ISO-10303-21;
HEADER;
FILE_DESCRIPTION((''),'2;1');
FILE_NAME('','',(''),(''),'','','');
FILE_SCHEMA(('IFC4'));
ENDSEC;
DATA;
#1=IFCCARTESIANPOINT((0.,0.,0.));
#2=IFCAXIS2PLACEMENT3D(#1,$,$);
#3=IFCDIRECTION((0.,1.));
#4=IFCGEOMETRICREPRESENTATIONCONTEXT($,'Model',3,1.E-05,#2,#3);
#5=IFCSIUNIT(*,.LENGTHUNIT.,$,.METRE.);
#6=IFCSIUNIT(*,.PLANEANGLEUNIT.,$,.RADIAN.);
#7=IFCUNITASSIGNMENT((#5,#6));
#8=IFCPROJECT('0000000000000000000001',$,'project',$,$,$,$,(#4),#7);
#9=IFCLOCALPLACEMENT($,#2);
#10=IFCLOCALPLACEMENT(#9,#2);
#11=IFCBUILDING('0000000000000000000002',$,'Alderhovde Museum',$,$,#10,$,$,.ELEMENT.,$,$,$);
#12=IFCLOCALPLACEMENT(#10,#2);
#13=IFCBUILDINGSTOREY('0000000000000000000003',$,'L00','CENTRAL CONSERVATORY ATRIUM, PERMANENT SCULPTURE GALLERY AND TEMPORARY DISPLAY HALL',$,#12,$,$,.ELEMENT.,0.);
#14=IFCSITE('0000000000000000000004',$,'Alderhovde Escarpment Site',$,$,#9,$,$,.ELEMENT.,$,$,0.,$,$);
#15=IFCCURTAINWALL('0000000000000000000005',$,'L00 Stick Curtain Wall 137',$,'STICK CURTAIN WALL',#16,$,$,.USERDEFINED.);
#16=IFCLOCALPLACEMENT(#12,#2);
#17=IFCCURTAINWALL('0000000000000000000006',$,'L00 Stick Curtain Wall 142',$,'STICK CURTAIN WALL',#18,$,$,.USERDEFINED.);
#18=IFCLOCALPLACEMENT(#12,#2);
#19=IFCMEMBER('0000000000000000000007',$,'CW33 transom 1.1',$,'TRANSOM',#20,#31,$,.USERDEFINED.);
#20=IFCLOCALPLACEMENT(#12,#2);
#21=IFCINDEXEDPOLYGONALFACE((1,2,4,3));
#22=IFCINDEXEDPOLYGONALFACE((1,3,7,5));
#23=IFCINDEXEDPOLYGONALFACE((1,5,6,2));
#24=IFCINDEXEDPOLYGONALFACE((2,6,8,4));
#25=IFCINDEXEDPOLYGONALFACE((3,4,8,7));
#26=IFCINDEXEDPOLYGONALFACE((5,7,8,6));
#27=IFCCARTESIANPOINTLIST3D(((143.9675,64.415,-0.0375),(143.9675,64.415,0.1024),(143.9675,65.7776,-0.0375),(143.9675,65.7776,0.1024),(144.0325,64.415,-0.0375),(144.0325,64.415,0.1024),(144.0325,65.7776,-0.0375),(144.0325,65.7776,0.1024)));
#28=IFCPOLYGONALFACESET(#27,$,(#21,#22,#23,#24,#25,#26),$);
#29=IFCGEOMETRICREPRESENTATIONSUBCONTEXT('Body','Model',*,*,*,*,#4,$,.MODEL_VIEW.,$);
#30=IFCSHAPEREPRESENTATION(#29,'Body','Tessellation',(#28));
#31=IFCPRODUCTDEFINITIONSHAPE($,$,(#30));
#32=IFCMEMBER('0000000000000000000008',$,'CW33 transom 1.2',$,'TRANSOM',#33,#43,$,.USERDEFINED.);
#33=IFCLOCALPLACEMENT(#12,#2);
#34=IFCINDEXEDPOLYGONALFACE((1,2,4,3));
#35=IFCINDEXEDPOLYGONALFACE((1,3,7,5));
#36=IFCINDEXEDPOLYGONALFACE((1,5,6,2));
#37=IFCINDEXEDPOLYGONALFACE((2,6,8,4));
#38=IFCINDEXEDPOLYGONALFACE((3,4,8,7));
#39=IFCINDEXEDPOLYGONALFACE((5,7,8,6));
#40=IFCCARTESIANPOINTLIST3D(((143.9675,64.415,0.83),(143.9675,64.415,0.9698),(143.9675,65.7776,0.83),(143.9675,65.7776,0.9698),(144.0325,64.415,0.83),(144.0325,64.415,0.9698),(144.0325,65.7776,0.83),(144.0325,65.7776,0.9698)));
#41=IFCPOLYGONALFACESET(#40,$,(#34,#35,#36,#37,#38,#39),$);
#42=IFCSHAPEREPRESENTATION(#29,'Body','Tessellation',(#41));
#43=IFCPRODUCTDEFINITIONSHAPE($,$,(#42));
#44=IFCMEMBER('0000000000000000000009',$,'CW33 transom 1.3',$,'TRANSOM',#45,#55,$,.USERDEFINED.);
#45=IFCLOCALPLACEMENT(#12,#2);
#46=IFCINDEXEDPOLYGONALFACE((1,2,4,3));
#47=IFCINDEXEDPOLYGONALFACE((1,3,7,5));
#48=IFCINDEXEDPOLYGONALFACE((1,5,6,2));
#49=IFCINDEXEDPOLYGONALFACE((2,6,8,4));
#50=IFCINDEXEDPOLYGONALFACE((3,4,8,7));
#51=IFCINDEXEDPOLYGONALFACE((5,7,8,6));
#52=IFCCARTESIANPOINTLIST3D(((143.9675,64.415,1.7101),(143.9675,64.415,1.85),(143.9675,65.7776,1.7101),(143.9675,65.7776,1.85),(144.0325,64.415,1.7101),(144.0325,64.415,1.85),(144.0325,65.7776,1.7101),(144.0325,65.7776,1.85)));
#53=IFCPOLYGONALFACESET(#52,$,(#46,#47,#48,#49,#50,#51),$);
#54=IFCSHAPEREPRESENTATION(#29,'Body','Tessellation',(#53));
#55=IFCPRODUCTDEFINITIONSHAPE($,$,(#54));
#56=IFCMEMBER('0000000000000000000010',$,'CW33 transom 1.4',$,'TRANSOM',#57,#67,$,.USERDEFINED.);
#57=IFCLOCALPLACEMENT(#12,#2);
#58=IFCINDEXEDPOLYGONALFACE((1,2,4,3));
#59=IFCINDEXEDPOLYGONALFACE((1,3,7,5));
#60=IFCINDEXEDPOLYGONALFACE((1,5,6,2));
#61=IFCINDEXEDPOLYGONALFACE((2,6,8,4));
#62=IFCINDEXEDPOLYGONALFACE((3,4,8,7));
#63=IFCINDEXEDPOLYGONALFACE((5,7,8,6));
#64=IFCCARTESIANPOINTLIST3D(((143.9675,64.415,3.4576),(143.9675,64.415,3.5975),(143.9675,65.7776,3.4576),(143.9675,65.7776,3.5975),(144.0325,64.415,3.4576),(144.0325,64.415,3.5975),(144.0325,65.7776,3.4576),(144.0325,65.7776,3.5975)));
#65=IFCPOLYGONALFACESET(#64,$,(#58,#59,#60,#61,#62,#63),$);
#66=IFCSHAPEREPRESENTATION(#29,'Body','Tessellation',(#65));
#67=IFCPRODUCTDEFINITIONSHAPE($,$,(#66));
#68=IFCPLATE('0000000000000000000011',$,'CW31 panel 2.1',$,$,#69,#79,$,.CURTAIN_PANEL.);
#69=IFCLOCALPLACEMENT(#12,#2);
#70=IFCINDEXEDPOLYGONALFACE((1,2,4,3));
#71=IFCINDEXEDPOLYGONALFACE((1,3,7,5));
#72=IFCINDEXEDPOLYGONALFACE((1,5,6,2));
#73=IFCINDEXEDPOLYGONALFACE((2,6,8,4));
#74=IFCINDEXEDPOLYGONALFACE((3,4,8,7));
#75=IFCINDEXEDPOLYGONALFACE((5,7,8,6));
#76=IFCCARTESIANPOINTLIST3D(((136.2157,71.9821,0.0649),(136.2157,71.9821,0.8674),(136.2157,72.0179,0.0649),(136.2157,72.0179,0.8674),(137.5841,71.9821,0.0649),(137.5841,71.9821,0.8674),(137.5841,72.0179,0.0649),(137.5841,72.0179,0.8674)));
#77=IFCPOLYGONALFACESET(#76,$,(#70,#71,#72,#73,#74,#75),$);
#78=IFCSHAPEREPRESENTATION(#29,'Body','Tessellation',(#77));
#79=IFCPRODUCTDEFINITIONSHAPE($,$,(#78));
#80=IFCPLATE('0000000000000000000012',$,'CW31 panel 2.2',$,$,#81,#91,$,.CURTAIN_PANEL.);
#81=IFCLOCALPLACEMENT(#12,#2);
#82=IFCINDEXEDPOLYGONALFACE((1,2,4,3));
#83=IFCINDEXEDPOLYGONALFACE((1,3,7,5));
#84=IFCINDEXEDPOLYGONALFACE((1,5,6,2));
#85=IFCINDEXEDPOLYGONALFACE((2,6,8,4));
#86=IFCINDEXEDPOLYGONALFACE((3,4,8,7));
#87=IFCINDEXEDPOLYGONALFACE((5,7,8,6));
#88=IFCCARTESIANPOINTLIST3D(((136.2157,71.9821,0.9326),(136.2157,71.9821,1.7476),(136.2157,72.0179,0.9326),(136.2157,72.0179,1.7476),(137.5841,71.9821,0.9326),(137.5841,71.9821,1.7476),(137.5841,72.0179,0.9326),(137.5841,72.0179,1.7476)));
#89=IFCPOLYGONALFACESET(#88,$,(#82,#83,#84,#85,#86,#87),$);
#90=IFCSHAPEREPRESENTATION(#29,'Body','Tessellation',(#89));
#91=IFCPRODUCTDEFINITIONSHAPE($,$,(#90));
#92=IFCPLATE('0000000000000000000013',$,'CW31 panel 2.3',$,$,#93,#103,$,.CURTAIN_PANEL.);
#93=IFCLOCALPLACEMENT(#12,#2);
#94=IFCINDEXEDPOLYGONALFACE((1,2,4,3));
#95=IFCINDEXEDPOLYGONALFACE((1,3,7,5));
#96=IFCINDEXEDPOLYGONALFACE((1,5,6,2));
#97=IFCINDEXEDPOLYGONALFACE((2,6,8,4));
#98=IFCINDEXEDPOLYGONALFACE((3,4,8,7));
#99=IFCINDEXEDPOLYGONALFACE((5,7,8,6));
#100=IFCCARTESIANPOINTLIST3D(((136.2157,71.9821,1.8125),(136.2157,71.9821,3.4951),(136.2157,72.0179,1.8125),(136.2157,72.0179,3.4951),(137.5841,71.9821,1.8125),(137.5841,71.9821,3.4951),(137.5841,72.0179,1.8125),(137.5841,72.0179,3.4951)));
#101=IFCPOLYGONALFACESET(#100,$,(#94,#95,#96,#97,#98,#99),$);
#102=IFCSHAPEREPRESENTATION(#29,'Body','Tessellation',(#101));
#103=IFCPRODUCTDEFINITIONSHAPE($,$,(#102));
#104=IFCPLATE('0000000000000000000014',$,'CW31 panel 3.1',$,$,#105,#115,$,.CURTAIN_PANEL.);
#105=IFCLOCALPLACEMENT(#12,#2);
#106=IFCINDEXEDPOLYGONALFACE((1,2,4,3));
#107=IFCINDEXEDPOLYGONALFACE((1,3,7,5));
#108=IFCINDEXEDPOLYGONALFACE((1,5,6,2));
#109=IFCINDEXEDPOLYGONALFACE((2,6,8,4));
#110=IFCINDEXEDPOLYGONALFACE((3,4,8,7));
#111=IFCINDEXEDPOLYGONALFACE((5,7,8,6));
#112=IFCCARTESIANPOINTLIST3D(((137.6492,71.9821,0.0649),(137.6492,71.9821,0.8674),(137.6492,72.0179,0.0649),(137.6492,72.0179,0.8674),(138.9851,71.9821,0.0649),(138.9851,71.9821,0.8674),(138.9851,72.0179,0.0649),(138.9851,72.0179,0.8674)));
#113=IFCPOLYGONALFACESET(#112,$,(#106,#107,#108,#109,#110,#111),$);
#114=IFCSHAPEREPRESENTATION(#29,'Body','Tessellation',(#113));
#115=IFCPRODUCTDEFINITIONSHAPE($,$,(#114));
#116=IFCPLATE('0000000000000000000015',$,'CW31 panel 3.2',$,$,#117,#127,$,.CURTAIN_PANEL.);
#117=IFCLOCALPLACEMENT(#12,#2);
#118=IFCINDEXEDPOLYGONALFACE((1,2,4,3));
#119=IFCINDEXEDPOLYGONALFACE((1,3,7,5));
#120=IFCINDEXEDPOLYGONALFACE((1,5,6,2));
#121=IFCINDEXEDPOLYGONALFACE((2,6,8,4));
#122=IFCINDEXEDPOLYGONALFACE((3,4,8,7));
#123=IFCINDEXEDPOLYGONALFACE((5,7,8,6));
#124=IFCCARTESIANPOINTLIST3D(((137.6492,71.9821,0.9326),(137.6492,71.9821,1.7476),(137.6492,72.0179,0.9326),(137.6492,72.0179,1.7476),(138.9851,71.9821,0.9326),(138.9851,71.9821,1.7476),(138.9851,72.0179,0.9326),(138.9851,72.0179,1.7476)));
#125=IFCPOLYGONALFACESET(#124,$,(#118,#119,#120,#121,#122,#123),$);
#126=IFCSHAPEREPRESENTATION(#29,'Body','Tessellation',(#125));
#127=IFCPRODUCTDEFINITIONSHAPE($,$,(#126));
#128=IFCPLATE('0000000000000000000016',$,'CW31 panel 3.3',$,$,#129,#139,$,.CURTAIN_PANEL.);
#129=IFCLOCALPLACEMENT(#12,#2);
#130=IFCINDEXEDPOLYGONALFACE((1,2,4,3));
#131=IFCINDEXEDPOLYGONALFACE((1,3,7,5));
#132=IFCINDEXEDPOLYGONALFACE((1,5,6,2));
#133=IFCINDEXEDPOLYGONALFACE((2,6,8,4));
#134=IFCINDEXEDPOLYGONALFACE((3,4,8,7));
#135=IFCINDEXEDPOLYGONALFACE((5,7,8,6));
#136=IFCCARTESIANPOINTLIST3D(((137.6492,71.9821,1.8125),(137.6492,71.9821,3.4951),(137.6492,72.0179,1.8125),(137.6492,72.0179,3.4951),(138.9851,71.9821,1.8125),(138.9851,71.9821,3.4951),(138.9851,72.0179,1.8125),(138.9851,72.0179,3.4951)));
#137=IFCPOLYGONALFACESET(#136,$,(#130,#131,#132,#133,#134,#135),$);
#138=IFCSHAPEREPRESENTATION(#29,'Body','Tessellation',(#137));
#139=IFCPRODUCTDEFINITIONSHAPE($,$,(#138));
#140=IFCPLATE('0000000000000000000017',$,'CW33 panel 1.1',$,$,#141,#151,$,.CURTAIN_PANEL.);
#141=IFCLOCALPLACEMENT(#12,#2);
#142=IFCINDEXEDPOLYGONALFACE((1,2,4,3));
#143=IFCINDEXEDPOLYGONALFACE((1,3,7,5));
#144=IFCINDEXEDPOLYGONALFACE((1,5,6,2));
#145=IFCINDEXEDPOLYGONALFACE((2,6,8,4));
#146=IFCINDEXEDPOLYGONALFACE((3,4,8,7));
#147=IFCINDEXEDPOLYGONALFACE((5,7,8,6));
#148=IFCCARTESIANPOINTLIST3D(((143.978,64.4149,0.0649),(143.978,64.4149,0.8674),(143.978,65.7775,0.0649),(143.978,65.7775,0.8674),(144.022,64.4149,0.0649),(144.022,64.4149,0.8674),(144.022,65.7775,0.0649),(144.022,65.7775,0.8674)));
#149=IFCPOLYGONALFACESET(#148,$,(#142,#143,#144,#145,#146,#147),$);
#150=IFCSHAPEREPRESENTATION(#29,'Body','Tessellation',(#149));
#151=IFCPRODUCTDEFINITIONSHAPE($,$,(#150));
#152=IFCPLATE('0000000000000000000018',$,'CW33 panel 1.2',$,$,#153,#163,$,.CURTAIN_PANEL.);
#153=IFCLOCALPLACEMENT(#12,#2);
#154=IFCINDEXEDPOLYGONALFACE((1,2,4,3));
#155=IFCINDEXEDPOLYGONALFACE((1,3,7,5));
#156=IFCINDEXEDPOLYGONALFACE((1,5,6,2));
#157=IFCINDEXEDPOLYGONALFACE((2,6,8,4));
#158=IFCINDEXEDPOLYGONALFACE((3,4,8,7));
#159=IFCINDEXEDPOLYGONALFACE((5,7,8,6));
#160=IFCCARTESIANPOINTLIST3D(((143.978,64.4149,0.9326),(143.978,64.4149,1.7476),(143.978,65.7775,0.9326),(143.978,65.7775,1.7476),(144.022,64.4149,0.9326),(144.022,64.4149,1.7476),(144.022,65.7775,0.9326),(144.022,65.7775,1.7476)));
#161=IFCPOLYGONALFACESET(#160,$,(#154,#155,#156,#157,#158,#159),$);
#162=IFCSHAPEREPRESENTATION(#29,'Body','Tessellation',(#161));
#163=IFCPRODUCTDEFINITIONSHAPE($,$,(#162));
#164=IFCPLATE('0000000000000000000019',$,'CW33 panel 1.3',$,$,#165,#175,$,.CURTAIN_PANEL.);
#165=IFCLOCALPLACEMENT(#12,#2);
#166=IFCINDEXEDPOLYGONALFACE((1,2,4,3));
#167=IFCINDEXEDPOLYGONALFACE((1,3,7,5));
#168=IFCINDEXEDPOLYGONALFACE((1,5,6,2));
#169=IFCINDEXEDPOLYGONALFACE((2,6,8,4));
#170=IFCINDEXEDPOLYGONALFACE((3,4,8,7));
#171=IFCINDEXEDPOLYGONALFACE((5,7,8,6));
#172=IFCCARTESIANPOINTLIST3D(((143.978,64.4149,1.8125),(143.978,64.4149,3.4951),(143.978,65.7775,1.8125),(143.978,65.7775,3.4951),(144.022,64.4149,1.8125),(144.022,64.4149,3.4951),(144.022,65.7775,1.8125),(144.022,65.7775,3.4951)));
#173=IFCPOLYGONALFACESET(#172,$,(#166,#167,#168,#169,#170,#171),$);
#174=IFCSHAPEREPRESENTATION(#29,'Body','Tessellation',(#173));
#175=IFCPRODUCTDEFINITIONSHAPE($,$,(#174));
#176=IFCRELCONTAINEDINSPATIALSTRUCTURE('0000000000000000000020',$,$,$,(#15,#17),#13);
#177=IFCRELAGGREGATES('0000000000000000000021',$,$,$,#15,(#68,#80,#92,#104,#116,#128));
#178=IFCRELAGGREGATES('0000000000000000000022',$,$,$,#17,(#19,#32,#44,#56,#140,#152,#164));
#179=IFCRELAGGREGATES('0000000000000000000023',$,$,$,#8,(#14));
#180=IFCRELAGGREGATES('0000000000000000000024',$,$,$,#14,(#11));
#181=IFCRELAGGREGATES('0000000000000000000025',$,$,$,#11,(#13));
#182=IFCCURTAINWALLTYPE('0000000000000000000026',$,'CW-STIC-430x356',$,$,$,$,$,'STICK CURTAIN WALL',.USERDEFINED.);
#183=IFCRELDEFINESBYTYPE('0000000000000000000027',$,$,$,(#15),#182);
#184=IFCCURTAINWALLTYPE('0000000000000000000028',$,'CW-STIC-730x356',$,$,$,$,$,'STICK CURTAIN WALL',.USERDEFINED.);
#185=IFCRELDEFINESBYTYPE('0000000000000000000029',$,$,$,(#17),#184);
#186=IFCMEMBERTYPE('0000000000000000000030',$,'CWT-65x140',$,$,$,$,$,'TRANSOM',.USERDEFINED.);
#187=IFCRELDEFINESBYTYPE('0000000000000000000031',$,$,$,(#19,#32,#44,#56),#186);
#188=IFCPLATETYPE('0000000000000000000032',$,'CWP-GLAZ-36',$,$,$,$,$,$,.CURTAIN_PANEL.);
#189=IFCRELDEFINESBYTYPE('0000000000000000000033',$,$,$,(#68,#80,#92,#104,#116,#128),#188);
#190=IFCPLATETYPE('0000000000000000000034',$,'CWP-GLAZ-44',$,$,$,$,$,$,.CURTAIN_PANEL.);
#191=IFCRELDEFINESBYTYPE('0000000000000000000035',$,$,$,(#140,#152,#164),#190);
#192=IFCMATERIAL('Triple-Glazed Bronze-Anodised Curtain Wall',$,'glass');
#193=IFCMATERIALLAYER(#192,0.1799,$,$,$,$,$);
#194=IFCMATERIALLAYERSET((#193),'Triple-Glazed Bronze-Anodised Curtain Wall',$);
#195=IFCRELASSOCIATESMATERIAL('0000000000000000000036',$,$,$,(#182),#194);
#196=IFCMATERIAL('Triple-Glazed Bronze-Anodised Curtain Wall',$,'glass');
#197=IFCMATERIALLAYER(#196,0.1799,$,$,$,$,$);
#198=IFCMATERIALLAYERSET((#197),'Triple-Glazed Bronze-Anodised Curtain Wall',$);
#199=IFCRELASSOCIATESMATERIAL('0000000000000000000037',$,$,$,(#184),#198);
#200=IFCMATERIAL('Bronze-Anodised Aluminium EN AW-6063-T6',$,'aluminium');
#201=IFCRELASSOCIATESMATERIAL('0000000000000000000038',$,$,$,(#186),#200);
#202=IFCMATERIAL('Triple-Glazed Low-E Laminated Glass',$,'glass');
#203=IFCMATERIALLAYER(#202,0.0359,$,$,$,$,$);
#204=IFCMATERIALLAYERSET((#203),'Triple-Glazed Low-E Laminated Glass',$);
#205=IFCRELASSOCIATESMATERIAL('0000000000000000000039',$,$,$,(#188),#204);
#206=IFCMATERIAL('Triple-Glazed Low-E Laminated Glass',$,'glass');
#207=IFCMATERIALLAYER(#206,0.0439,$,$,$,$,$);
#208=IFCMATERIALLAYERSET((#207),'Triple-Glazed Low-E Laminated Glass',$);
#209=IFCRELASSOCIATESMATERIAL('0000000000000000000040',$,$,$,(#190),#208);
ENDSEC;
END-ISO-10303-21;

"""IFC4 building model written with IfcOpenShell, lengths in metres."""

from ifc_helpers import new_model, si_unit, direction, frame, origin, origin_2d, place, context, subcontext, project, spatial, rectangle, extrude, material, layer, layer_set, material_profile, profile_set, type_object, element, aggregate, save


model = new_model("IFC4")

# Units and contexts
model_context = context("Model", 3, precision=1e-05, world=origin(), true_north=direction((0.0, 1.0)))
body_context = subcontext(model_context, "Body", "Model", "MODEL_VIEW")
ifc_project = project(units=[si_unit("LENGTHUNIT", "METRE"), si_unit("PLANEANGLEUNIT", "RADIAN")], contexts=[model_context])

# Site, building, storey
site_placement = place(None, origin())
site = spatial("IfcSite", under=ifc_project, at=site_placement, Name="Alderhovde Escarpment Site", CompositionType="ELEMENT", RefElevation=0.0)
building_placement = place(site_placement, origin())
building = spatial("IfcBuilding", under=site, at=building_placement, Name="Alderhovde Museum", CompositionType="ELEMENT")
storey_placement = place(building_placement, origin())
storey = spatial("IfcBuildingStorey", under=building, at=storey_placement, Name="L00", Description="CENTRAL CONSERVATORY ATRIUM, PERMANENT SCULPTURE GALLERY AND TEMPORARY DISPLAY HALL", CompositionType="ELEMENT", Elevation=0.0)

# Curtain wall
ifc_material_1 = material(Name="Triple-Glazed Bronze-Anodised Curtain Wall", Category="glass")
ifc_layer_1 = layer(ifc_material_1, 0.1799)
ifc_layer_set_1 = layer_set([ifc_layer_1], Name="Triple-Glazed Bronze-Anodised Curtain Wall")
curtain_wall_type_1 = type_object("IfcCurtainWallType", Name="CW-STIC-430x356", ElementType="STICK CURTAIN WALL", PredefinedType="USERDEFINED", material=ifc_layer_set_1)
curtain_wall_1_placement = place(storey_placement, origin())
curtain_wall_1 = element("IfcCurtainWall", 1, at=curtain_wall_1_placement, inside=storey, type_object=curtain_wall_type_1, Name="L00 Stick Curtain Wall 137", ObjectType="STICK CURTAIN WALL", PredefinedType="USERDEFINED")

# Curtain wall
ifc_material_2 = material(Name="Triple-Glazed Bronze-Anodised Curtain Wall", Category="glass")
ifc_layer_2 = layer(ifc_material_2, 0.1799)
ifc_layer_set_2 = layer_set([ifc_layer_2], Name="Triple-Glazed Bronze-Anodised Curtain Wall")
curtain_wall_type_2 = type_object("IfcCurtainWallType", Name="CW-STIC-730x356", ElementType="STICK CURTAIN WALL", PredefinedType="USERDEFINED", material=ifc_layer_set_2)
curtain_wall_2_placement = place(storey_placement, origin())
curtain_wall_2 = element("IfcCurtainWall", 2, at=curtain_wall_2_placement, inside=storey, type_object=curtain_wall_type_2, Name="L00 Stick Curtain Wall 142", ObjectType="STICK CURTAIN WALL", PredefinedType="USERDEFINED")

# Members
ifc_material_3 = material(Name="Bronze-Anodised Aluminium EN AW-6063-T6", Category="aluminium")
ifc_material_profile_1 = material_profile(ifc_material_3, rectangle(XDim=0.0649, YDim=0.1399, at=origin_2d()), Name="TRANSOM 65x140")
ifc_profile_set_1 = profile_set([ifc_material_profile_1], Name="Bronze-Anodised Aluminium EN AW-6063-T6")
member_type_1 = type_object("IfcMemberType", Name="CWT-65x140", ElementType="TRANSOM", PredefinedType="USERDEFINED", material=ifc_profile_set_1)
member_1_placement = place(storey_placement, frame((144.0, 64.415, 0.0325), z_axis=(0.0, 1.0, 0.0), x_axis=(-1.0, 0.0, 0.0)))
member_1 = element("IfcMember", 3, at=member_1_placement, type_object=member_type_1, Name="CW33 transom 1.1", ObjectType="TRANSOM", PredefinedType="USERDEFINED", context=body_context, shape_type="SweptSolid", body=[
    extrude(rectangle(XDim=0.0649, YDim=0.1399, at=origin_2d()), origin(), (0.0, 0.0, 1.0), 1.3625),
])
member_2_placement = place(storey_placement, frame((144.0, 64.415, 0.8999), z_axis=(0.0, 1.0, 0.0), x_axis=(-1.0, 0.0, 0.0)))
member_2 = element("IfcMember", 4, at=member_2_placement, type_object=member_type_1, Name="CW33 transom 1.2", ObjectType="TRANSOM", PredefinedType="USERDEFINED", context=body_context, shape_type="SweptSolid", body=[
    extrude(rectangle(XDim=0.0649, YDim=0.1399, at=origin_2d()), origin(), (0.0, 0.0, 1.0), 1.3625),
])
member_3_placement = place(storey_placement, frame((144.0, 64.415, 1.78), z_axis=(0.0, 1.0, 0.0), x_axis=(-1.0, 0.0, 0.0)))
member_3 = element("IfcMember", 5, at=member_3_placement, type_object=member_type_1, Name="CW33 transom 1.3", ObjectType="TRANSOM", PredefinedType="USERDEFINED", context=body_context, shape_type="SweptSolid", body=[
    extrude(rectangle(XDim=0.0649, YDim=0.1399, at=origin_2d()), origin(), (0.0, 0.0, 1.0), 1.3625),
])
member_4_placement = place(storey_placement, frame((144.0, 64.415, 3.5276), z_axis=(0.0, 1.0, 0.0), x_axis=(-1.0, 0.0, 0.0)))
member_4 = element("IfcMember", 6, at=member_4_placement, type_object=member_type_1, Name="CW33 transom 1.4", ObjectType="TRANSOM", PredefinedType="USERDEFINED", context=body_context, shape_type="SweptSolid", body=[
    extrude(rectangle(XDim=0.0649, YDim=0.1399, at=origin_2d()), origin(), (0.0, 0.0, 1.0), 1.3625),
])

# Plates
ifc_material_4 = material(Name="Triple-Glazed Low-E Laminated Glass", Category="glass")
ifc_layer_3 = layer(ifc_material_4, 0.0359)
ifc_layer_set_3 = layer_set([ifc_layer_3], Name="Triple-Glazed Low-E Laminated Glass")
plate_type_1 = type_object("IfcPlateType", Name="CWP-GLAZ-36", PredefinedType="CURTAIN_PANEL", material=ifc_layer_set_3)
plate_1_placement = place(storey_placement, frame((136.8999, 72.0, 0.0649), z_axis=(0.0, 0.0, 1.0), x_axis=(1.0, 0.0, 0.0)))
plate_1 = element("IfcPlate", 7, at=plate_1_placement, type_object=plate_type_1, Name="CW31 panel 2.1", PredefinedType="CURTAIN_PANEL", context=body_context, shape_type="SweptSolid", body=[
    extrude(rectangle(XDim=1.3684, YDim=0.0359, at=origin_2d()), origin(), (0.0, 0.0, 1.0), 0.8025),
])
plate_2_placement = place(storey_placement, frame((136.8999, 72.0, 0.9326), z_axis=(0.0, 0.0, 1.0), x_axis=(1.0, 0.0, 0.0)))
plate_2 = element("IfcPlate", 8, at=plate_2_placement, type_object=plate_type_1, Name="CW31 panel 2.2", PredefinedType="CURTAIN_PANEL", context=body_context, shape_type="SweptSolid", body=[
    extrude(rectangle(XDim=1.3684, YDim=0.0359, at=origin_2d()), origin(), (0.0, 0.0, 1.0), 0.8149),
])
plate_3_placement = place(storey_placement, frame((136.8999, 72.0, 1.8125), z_axis=(0.0, 0.0, 1.0), x_axis=(1.0, 0.0, 0.0)))
plate_3 = element("IfcPlate", 9, at=plate_3_placement, type_object=plate_type_1, Name="CW31 panel 2.3", PredefinedType="CURTAIN_PANEL", context=body_context, shape_type="SweptSolid", body=[
    extrude(rectangle(XDim=1.3684, YDim=0.0359, at=origin_2d()), origin(), (0.0, 0.0, 1.0), 1.6826),
])
plate_4_placement = place(storey_placement, frame((138.3171, 72.0, 0.0649), z_axis=(0.0, 0.0, 1.0), x_axis=(1.0, 0.0, 0.0)))
plate_4 = element("IfcPlate", 10, at=plate_4_placement, type_object=plate_type_1, Name="CW31 panel 3.1", PredefinedType="CURTAIN_PANEL", context=body_context, shape_type="SweptSolid", body=[
    extrude(rectangle(XDim=1.3359, YDim=0.0359, at=origin_2d()), origin(), (0.0, 0.0, 1.0), 0.8025),
])
plate_5_placement = place(storey_placement, frame((138.3171, 72.0, 0.9326), z_axis=(0.0, 0.0, 1.0), x_axis=(1.0, 0.0, 0.0)))
plate_5 = element("IfcPlate", 11, at=plate_5_placement, type_object=plate_type_1, Name="CW31 panel 3.2", PredefinedType="CURTAIN_PANEL", context=body_context, shape_type="SweptSolid", body=[
    extrude(rectangle(XDim=1.3359, YDim=0.0359, at=origin_2d()), origin(), (0.0, 0.0, 1.0), 0.8149),
])
plate_6_placement = place(storey_placement, frame((138.3171, 72.0, 1.8125), z_axis=(0.0, 0.0, 1.0), x_axis=(1.0, 0.0, 0.0)))
plate_6 = element("IfcPlate", 12, at=plate_6_placement, type_object=plate_type_1, Name="CW31 panel 3.3", PredefinedType="CURTAIN_PANEL", context=body_context, shape_type="SweptSolid", body=[
    extrude(rectangle(XDim=1.3359, YDim=0.0359, at=origin_2d()), origin(), (0.0, 0.0, 1.0), 1.6826),
])
aggregate(curtain_wall_1, [plate_1, plate_2, plate_3, plate_4, plate_5, plate_6])
ifc_material_5 = material(Name="Triple-Glazed Low-E Laminated Glass", Category="glass")
ifc_layer_4 = layer(ifc_material_5, 0.0439)
ifc_layer_set_4 = layer_set([ifc_layer_4], Name="Triple-Glazed Low-E Laminated Glass")
plate_type_2 = type_object("IfcPlateType", Name="CWP-GLAZ-44", PredefinedType="CURTAIN_PANEL", material=ifc_layer_set_4)
plate_7_placement = place(storey_placement, frame((144.0, 65.0962, 0.0649), z_axis=(0.0, 0.0, 1.0), x_axis=(0.0, 1.0, 0.0)))
plate_7 = element("IfcPlate", 13, at=plate_7_placement, type_object=plate_type_2, Name="CW33 panel 1.1", PredefinedType="CURTAIN_PANEL", context=body_context, shape_type="SweptSolid", body=[
    extrude(rectangle(XDim=1.3625, YDim=0.0439, at=origin_2d()), origin(), (0.0, 0.0, 1.0), 0.8025),
])
plate_8_placement = place(storey_placement, frame((144.0, 65.0962, 0.9326), z_axis=(0.0, 0.0, 1.0), x_axis=(0.0, 1.0, 0.0)))
plate_8 = element("IfcPlate", 14, at=plate_8_placement, type_object=plate_type_2, Name="CW33 panel 1.2", PredefinedType="CURTAIN_PANEL", context=body_context, shape_type="SweptSolid", body=[
    extrude(rectangle(XDim=1.3625, YDim=0.0439, at=origin_2d()), origin(), (0.0, 0.0, 1.0), 0.8149),
])
plate_9_placement = place(storey_placement, frame((144.0, 65.0962, 1.8125), z_axis=(0.0, 0.0, 1.0), x_axis=(0.0, 1.0, 0.0)))
plate_9 = element("IfcPlate", 15, at=plate_9_placement, type_object=plate_type_2, Name="CW33 panel 1.3", PredefinedType="CURTAIN_PANEL", context=body_context, shape_type="SweptSolid", body=[
    extrude(rectangle(XDim=1.3625, YDim=0.0439, at=origin_2d()), origin(), (0.0, 0.0, 1.0), 1.6826),
])
aggregate(curtain_wall_2, [member_1, member_2, member_3, member_4, plate_7, plate_8, plate_9])

save(model, "model.ifc")
